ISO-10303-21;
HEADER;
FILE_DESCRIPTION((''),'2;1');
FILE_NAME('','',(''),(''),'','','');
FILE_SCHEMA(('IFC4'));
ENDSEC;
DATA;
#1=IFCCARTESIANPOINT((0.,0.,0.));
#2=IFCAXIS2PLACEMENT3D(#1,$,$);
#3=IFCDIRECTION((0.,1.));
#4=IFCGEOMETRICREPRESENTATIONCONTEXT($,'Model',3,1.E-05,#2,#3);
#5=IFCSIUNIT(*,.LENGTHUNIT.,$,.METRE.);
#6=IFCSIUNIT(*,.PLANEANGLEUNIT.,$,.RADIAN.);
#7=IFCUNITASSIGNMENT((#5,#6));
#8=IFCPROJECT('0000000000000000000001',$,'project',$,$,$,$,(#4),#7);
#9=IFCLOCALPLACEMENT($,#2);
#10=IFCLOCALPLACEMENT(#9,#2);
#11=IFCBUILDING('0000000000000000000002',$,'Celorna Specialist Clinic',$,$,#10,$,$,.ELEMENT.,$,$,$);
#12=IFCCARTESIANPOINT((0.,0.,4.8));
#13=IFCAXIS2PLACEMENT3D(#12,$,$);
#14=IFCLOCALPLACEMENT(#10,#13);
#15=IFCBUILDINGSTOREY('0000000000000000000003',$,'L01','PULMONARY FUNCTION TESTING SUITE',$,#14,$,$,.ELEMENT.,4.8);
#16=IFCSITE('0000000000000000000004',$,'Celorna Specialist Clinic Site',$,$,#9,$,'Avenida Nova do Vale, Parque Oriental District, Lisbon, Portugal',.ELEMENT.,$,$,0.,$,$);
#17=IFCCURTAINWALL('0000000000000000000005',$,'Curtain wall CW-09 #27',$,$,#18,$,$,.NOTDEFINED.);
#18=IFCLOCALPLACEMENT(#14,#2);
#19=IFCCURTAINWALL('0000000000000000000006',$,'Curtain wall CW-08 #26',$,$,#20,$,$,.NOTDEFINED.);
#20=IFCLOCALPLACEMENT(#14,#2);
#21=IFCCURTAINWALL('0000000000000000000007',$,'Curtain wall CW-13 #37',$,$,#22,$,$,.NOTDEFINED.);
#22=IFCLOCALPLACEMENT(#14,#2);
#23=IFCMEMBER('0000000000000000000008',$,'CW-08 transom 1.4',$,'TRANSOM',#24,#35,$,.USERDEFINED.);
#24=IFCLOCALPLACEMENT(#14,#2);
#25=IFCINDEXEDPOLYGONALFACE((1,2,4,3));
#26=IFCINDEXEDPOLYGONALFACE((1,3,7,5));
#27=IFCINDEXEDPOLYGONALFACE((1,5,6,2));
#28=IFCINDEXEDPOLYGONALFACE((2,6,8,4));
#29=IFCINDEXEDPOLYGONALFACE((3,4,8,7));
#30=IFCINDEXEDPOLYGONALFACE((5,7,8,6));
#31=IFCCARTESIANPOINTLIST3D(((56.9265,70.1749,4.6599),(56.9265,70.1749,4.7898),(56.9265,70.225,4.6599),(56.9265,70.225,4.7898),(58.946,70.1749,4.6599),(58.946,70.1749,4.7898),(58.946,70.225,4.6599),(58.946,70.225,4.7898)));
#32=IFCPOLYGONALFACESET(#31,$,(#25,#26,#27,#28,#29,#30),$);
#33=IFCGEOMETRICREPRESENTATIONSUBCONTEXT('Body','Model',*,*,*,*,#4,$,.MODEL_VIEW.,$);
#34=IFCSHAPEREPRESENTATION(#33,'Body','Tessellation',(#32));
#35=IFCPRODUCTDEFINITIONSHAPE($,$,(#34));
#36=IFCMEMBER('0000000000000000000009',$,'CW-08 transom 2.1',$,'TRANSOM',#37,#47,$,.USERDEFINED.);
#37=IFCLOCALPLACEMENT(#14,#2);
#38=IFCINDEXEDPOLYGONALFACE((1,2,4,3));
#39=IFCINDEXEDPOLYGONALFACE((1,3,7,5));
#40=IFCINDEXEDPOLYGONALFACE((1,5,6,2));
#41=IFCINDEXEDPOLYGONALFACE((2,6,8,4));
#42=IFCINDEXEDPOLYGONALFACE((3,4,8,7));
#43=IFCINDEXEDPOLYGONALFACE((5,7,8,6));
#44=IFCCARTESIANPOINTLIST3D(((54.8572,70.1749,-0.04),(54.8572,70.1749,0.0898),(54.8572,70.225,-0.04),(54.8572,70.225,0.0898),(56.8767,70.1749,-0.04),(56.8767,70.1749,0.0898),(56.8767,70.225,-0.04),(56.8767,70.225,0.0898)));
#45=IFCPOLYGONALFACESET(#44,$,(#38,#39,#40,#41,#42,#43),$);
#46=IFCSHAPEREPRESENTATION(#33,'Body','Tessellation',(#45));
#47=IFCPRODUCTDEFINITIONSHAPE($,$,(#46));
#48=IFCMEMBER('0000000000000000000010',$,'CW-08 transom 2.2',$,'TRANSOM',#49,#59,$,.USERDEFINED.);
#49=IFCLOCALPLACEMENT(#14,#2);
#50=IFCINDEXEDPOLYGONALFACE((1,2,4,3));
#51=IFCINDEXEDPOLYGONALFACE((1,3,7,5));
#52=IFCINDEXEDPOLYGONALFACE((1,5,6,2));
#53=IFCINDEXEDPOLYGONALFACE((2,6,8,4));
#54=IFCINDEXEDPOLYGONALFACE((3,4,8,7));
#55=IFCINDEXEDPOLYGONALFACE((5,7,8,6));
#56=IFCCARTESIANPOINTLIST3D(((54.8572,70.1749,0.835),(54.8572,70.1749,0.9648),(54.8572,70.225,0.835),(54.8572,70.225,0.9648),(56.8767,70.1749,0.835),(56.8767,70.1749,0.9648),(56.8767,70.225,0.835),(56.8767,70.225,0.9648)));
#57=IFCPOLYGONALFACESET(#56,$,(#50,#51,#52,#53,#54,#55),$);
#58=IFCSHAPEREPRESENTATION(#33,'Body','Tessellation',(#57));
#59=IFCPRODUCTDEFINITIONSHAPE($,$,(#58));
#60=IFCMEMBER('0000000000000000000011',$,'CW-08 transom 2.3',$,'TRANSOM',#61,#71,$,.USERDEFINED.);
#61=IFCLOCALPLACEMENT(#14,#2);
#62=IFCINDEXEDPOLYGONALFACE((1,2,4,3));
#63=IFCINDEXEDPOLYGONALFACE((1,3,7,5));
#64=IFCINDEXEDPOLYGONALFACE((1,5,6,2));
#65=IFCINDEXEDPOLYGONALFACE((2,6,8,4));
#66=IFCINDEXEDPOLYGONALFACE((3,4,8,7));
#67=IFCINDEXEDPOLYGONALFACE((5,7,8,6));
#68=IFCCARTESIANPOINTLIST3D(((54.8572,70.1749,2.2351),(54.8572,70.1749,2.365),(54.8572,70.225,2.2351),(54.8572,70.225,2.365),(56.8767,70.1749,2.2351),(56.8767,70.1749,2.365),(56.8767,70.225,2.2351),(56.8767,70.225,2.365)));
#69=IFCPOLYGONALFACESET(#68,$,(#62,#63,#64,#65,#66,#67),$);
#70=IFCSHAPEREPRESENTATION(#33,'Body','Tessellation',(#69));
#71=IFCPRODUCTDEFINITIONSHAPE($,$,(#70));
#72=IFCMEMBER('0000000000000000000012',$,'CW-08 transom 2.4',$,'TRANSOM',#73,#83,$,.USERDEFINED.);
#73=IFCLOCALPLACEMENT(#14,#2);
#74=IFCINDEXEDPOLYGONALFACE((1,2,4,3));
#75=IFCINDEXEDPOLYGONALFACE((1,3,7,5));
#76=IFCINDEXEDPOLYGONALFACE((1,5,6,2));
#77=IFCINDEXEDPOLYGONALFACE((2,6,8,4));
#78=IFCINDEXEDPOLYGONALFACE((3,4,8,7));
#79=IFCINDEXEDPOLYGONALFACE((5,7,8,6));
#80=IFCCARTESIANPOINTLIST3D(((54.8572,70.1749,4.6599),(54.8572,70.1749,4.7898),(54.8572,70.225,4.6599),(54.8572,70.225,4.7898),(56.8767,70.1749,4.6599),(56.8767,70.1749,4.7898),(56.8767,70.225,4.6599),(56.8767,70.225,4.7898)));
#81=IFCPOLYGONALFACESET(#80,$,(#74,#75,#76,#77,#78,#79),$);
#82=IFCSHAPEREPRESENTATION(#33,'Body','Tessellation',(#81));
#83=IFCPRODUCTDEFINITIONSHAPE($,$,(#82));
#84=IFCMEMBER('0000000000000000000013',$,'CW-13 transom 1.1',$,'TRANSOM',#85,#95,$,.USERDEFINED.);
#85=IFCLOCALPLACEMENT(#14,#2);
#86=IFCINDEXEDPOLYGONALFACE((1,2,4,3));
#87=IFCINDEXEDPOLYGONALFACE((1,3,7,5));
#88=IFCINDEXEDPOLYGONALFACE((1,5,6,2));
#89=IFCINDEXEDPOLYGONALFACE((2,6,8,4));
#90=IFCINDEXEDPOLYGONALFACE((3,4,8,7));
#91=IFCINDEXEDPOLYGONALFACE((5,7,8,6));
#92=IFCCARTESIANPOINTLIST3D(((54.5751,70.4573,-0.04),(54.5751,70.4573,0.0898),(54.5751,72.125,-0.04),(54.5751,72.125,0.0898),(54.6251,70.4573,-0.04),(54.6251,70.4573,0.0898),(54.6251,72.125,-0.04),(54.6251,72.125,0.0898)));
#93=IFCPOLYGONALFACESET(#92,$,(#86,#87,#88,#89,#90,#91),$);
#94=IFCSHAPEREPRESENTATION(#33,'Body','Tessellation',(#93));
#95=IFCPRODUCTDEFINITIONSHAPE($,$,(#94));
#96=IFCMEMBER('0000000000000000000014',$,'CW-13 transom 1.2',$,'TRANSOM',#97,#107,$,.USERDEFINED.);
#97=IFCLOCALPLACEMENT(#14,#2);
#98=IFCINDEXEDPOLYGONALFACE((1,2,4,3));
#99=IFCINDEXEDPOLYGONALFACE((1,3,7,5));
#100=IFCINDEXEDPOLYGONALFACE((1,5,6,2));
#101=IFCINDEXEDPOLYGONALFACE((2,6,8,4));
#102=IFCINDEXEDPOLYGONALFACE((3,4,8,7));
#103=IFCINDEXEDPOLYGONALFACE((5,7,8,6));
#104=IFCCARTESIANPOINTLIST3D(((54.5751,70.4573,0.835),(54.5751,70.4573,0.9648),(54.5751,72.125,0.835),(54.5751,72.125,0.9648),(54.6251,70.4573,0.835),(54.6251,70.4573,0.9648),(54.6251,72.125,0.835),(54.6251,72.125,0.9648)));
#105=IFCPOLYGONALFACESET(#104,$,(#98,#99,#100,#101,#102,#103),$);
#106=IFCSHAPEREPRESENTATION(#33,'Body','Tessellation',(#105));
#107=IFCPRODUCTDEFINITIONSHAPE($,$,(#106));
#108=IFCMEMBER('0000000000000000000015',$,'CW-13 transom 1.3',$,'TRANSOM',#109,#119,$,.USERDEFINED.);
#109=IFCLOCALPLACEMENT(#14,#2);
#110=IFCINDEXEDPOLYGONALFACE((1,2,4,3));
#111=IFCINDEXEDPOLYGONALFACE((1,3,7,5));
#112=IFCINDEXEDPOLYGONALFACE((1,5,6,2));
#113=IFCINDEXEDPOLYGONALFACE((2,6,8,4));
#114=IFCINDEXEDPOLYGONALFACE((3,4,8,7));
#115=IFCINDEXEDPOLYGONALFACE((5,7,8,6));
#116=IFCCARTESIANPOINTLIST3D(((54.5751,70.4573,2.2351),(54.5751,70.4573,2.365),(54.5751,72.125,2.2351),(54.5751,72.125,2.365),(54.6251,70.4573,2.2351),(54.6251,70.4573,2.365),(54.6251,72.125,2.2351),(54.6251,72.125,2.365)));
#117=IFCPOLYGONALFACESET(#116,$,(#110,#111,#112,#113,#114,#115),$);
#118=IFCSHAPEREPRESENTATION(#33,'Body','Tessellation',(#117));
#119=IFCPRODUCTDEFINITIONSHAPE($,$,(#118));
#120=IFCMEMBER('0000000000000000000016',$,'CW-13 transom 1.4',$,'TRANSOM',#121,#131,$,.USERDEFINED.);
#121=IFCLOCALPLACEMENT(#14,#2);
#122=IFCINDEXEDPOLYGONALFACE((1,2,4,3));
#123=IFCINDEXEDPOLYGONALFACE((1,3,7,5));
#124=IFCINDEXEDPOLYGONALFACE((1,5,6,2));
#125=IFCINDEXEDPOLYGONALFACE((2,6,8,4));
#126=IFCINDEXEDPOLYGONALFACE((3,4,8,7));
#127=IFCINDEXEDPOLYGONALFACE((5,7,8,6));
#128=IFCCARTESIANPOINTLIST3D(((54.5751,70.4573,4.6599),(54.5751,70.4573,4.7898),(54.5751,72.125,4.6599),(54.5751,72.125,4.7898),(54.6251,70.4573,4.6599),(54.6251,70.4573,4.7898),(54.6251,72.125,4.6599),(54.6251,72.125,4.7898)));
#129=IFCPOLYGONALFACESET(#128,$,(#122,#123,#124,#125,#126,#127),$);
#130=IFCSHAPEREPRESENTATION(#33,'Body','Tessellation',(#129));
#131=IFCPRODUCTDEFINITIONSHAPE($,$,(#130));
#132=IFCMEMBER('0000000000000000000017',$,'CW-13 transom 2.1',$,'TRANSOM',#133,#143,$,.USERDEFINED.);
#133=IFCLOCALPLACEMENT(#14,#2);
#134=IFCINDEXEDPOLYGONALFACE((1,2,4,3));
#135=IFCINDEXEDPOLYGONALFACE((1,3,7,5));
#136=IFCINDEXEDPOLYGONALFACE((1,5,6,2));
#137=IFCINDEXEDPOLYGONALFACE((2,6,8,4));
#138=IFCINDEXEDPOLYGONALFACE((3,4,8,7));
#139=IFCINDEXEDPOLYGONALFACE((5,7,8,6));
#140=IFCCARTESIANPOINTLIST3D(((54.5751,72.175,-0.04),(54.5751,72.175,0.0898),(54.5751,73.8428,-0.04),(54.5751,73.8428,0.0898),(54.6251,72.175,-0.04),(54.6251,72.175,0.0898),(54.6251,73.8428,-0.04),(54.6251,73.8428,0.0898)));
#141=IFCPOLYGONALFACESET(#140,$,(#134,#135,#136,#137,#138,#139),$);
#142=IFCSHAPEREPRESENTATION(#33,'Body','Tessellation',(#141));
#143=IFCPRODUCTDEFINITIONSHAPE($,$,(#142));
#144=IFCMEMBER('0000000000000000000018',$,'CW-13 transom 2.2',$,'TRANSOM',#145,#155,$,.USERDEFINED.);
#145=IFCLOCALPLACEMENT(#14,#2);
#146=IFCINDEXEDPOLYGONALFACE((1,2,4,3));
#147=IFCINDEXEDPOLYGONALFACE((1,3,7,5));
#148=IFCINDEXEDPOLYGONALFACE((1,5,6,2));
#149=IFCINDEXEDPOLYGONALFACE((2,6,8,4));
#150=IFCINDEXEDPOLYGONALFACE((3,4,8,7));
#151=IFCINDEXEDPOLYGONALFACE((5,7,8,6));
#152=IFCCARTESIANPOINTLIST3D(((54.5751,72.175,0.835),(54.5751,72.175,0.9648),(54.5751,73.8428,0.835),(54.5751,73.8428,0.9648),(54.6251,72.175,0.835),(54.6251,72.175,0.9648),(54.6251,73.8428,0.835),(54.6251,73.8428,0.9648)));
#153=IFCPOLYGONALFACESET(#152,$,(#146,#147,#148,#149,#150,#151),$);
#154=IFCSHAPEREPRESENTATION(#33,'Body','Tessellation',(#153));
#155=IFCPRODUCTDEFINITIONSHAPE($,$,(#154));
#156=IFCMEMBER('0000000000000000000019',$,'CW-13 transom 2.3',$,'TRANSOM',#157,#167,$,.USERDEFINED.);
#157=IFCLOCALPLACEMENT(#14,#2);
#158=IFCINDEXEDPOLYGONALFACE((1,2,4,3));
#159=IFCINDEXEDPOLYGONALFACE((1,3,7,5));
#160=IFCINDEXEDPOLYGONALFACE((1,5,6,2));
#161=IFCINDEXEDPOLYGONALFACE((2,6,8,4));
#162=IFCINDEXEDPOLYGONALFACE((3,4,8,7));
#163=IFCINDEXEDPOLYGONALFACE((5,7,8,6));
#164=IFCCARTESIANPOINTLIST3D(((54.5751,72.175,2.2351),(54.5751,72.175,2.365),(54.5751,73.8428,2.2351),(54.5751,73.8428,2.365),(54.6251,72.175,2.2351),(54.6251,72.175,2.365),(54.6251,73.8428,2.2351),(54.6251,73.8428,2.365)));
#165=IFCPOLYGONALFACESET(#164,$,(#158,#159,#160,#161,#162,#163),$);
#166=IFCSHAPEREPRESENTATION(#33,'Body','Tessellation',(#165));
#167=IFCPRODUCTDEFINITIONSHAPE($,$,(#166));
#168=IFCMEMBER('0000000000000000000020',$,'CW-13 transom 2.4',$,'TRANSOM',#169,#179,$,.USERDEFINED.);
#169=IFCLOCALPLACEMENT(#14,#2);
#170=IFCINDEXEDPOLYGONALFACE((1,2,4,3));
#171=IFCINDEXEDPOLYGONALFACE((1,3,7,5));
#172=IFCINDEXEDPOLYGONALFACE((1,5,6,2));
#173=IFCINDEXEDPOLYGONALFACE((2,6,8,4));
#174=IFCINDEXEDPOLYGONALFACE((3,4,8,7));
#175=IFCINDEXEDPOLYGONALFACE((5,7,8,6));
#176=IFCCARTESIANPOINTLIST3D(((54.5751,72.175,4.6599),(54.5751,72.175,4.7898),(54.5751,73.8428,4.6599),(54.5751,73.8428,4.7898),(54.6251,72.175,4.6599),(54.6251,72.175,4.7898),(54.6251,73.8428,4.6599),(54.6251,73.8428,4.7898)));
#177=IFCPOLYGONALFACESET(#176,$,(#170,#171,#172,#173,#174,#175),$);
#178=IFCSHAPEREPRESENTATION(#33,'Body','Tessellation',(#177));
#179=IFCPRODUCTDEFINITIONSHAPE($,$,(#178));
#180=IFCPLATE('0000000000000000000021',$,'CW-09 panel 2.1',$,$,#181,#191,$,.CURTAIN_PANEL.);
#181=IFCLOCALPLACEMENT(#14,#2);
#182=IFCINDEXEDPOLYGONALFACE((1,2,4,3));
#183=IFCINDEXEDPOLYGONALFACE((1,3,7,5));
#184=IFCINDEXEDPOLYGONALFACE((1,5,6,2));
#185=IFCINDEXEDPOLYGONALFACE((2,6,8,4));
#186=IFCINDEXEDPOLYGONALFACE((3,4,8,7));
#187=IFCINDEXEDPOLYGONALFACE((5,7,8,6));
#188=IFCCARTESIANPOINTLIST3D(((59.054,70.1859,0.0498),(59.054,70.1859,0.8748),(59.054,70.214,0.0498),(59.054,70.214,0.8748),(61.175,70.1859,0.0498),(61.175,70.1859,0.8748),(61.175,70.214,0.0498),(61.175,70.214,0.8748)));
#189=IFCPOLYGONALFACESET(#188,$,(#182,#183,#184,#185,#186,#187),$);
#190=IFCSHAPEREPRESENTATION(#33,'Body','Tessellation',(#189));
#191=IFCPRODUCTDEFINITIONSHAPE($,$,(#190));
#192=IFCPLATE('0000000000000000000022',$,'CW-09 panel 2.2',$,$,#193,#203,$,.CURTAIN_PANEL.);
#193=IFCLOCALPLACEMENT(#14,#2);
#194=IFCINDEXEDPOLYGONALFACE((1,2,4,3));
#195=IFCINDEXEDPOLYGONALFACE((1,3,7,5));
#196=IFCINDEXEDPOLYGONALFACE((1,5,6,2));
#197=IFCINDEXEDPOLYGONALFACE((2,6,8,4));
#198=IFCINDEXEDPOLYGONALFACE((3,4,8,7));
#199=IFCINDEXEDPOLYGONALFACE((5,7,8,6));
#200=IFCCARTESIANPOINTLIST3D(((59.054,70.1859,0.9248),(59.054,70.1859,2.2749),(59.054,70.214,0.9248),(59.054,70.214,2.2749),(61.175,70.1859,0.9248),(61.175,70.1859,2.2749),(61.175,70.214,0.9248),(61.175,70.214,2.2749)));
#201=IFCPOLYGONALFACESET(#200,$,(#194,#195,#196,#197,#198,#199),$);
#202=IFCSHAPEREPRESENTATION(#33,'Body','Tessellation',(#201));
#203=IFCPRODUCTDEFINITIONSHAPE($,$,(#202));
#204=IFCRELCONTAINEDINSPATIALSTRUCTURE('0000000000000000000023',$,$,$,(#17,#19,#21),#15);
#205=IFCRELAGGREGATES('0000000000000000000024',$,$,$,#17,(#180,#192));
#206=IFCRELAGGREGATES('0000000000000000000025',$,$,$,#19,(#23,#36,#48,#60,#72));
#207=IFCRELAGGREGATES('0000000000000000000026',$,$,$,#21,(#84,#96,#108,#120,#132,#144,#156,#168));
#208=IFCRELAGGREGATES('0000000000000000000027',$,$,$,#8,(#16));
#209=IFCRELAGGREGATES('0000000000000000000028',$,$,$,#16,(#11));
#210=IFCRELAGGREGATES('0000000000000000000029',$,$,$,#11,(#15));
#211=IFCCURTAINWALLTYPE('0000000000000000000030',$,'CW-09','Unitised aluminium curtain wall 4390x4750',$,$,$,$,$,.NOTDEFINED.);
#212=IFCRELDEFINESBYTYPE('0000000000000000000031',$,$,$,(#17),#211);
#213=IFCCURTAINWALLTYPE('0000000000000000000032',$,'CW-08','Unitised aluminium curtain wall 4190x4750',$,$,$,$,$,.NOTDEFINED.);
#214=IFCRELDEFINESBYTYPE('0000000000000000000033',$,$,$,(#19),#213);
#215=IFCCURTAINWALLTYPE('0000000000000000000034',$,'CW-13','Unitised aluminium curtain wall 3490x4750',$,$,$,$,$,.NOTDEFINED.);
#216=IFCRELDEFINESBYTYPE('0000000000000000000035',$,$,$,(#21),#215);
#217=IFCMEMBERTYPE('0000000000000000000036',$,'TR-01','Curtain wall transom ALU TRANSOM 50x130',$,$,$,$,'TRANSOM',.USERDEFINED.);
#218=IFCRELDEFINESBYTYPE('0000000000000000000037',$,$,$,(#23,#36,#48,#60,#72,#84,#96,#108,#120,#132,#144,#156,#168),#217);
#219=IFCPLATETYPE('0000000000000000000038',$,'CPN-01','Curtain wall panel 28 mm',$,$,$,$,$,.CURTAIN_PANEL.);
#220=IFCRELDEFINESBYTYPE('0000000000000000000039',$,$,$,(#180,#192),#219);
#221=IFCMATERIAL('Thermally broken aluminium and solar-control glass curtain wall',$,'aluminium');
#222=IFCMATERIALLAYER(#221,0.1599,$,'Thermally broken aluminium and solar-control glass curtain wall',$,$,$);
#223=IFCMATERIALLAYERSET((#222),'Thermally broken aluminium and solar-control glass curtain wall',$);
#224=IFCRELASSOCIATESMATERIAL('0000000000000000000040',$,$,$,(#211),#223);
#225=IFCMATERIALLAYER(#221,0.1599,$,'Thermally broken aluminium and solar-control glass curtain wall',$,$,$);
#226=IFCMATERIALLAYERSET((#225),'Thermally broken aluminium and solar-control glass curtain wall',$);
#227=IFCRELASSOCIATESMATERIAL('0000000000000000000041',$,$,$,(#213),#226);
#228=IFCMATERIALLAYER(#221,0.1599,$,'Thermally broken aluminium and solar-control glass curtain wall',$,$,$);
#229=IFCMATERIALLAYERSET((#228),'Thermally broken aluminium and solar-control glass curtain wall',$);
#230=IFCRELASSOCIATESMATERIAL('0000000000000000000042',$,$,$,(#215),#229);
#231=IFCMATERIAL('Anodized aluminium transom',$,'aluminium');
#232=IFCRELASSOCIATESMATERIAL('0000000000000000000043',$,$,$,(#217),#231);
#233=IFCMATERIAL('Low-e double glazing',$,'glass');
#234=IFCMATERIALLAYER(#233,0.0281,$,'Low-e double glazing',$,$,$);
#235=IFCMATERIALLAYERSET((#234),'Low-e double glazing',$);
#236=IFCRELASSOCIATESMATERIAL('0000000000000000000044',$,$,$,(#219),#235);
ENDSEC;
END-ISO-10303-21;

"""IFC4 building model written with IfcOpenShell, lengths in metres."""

from ifc_helpers import new_model, si_unit, direction, frame, origin, origin_2d, place, context, subcontext, project, spatial, rectangle, extrude, material, layer, layer_set, material_profile, profile_set, type_object, element, aggregate, save


model = new_model("IFC4")

# Units and contexts
model_context = context("Model", 3, precision=1e-05, world=origin(), true_north=direction((0.0, 1.0)))
body_context = subcontext(model_context, "Body", "Model", "MODEL_VIEW")
ifc_project = project(units=[si_unit("LENGTHUNIT", "METRE"), si_unit("PLANEANGLEUNIT", "RADIAN")], contexts=[model_context])

# Site, building, storey
site_placement = place(None, origin())
site = spatial("IfcSite", under=ifc_project, at=site_placement, Name="Celorna Specialist Clinic Site", LongName="Avenida Nova do Vale, Parque Oriental District, Lisbon, Portugal", CompositionType="ELEMENT", RefElevation=0.0)
building_placement = place(site_placement, origin())
building = spatial("IfcBuilding", under=site, at=building_placement, Name="Celorna Specialist Clinic", CompositionType="ELEMENT")
storey_placement = place(building_placement, frame((0.0, 0.0, 4.8)))
storey = spatial("IfcBuildingStorey", under=building, at=storey_placement, Name="L01", Description="PULMONARY FUNCTION TESTING SUITE", CompositionType="ELEMENT", Elevation=4.8)

# Curtain wall
ifc_material_1 = material(Name="Thermally broken aluminium and solar-control glass curtain wall", Category="aluminium")
ifc_layer_1 = layer(ifc_material_1, 0.1599, Name="Thermally broken aluminium and solar-control glass curtain wall")
ifc_layer_set_1 = layer_set([ifc_layer_1], Name="Thermally broken aluminium and solar-control glass curtain wall")
curtain_wall_type_1 = type_object("IfcCurtainWallType", Name="CW-09", Description="Unitised aluminium curtain wall 4390x4750", PredefinedType="NOTDEFINED", material=ifc_layer_set_1)
curtain_wall_1_placement = place(storey_placement, origin())
curtain_wall_1 = element("IfcCurtainWall", 1, at=curtain_wall_1_placement, inside=storey, type_object=curtain_wall_type_1, Name="Curtain wall CW-09 #27", PredefinedType="NOTDEFINED")

# Curtain walls
ifc_layer_2 = layer(ifc_material_1, 0.1599, Name="Thermally broken aluminium and solar-control glass curtain wall")
ifc_layer_set_2 = layer_set([ifc_layer_2], Name="Thermally broken aluminium and solar-control glass curtain wall")
curtain_wall_type_2 = type_object("IfcCurtainWallType", Name="CW-08", Description="Unitised aluminium curtain wall 4190x4750", PredefinedType="NOTDEFINED", material=ifc_layer_set_2)
curtain_wall_2_placement = place(storey_placement, origin())
curtain_wall_2 = element("IfcCurtainWall", 2, at=curtain_wall_2_placement, inside=storey, type_object=curtain_wall_type_2, Name="Curtain wall CW-08 #26", PredefinedType="NOTDEFINED")
ifc_layer_3 = layer(ifc_material_1, 0.1599, Name="Thermally broken aluminium and solar-control glass curtain wall")
ifc_layer_set_3 = layer_set([ifc_layer_3], Name="Thermally broken aluminium and solar-control glass curtain wall")
curtain_wall_type_3 = type_object("IfcCurtainWallType", Name="CW-13", Description="Unitised aluminium curtain wall 3490x4750", PredefinedType="NOTDEFINED", material=ifc_layer_set_3)
curtain_wall_3_placement = place(storey_placement, origin())
curtain_wall_3 = element("IfcCurtainWall", 3, at=curtain_wall_3_placement, inside=storey, type_object=curtain_wall_type_3, Name="Curtain wall CW-13 #37", PredefinedType="NOTDEFINED")

# Members
ifc_material_2 = material(Name="Anodized aluminium transom", Category="aluminium")
ifc_material_profile_1 = material_profile(ifc_material_2, rectangle(XDim=0.05, YDim=0.1299, at=origin_2d()), Name="ALU TRANSOM 50x130")
ifc_profile_set_1 = profile_set([ifc_material_profile_1], Name="Anodized aluminium transom")
member_type_1 = type_object("IfcMemberType", Name="TR-01", Description="Curtain wall transom ALU TRANSOM 50x130", ElementType="TRANSOM", PredefinedType="USERDEFINED", material=ifc_profile_set_1)
member_1_placement = place(storey_placement, frame((58.946, 70.2, 4.7249), z_axis=(-1.0, 0.0, 0.0), x_axis=(0.0, -1.0, 0.0)))
member_1 = element("IfcMember", 4, at=member_1_placement, type_object=member_type_1, Name="CW-08 transom 1.4", ObjectType="TRANSOM", PredefinedType="USERDEFINED", context=body_context, shape_type="SweptSolid", body=[
    extrude(rectangle(XDim=0.05, YDim=0.1299, at=origin_2d()), origin(), (0.0, 0.0, 1.0), 2.0195),
])
member_2_placement = place(storey_placement, frame((56.8767, 70.2, 0.0249), z_axis=(-1.0, 0.0, 0.0), x_axis=(0.0, -1.0, 0.0)))
member_2 = element("IfcMember", 5, at=member_2_placement, type_object=member_type_1, Name="CW-08 transom 2.1", ObjectType="TRANSOM", PredefinedType="USERDEFINED", context=body_context, shape_type="SweptSolid", body=[
    extrude(rectangle(XDim=0.05, YDim=0.1299, at=origin_2d()), origin(), (0.0, 0.0, 1.0), 2.0195),
])
member_3_placement = place(storey_placement, frame((56.8767, 70.2, 0.8999), z_axis=(-1.0, 0.0, 0.0), x_axis=(0.0, -1.0, 0.0)))
member_3 = element("IfcMember", 6, at=member_3_placement, type_object=member_type_1, Name="CW-08 transom 2.2", ObjectType="TRANSOM", PredefinedType="USERDEFINED", context=body_context, shape_type="SweptSolid", body=[
    extrude(rectangle(XDim=0.05, YDim=0.1299, at=origin_2d()), origin(), (0.0, 0.0, 1.0), 2.0195),
])
member_4_placement = place(storey_placement, frame((56.8767, 70.2, 2.3), z_axis=(-1.0, 0.0, 0.0), x_axis=(0.0, -1.0, 0.0)))
member_4 = element("IfcMember", 7, at=member_4_placement, type_object=member_type_1, Name="CW-08 transom 2.3", ObjectType="TRANSOM", PredefinedType="USERDEFINED", context=body_context, shape_type="SweptSolid", body=[
    extrude(rectangle(XDim=0.05, YDim=0.1299, at=origin_2d()), origin(), (0.0, 0.0, 1.0), 2.0195),
])
member_5_placement = place(storey_placement, frame((56.8767, 70.2, 4.7249), z_axis=(-1.0, 0.0, 0.0), x_axis=(0.0, -1.0, 0.0)))
member_5 = element("IfcMember", 8, at=member_5_placement, type_object=member_type_1, Name="CW-08 transom 2.4", ObjectType="TRANSOM", PredefinedType="USERDEFINED", context=body_context, shape_type="SweptSolid", body=[
    extrude(rectangle(XDim=0.05, YDim=0.1299, at=origin_2d()), origin(), (0.0, 0.0, 1.0), 2.0195),
])
member_6_placement = place(storey_placement, frame((54.6001, 70.4573, 0.0249), z_axis=(0.0, 1.0, 0.0), x_axis=(-1.0, 0.0, 0.0)))
member_6 = element("IfcMember", 9, at=member_6_placement, type_object=member_type_1, Name="CW-13 transom 1.1", ObjectType="TRANSOM", PredefinedType="USERDEFINED", context=body_context, shape_type="SweptSolid", body=[
    extrude(rectangle(XDim=0.05, YDim=0.1299, at=origin_2d()), origin(), (0.0, 0.0, 1.0), 1.6677),
])
member_7_placement = place(storey_placement, frame((54.6001, 70.4573, 0.8999), z_axis=(0.0, 1.0, 0.0), x_axis=(-1.0, 0.0, 0.0)))
member_7 = element("IfcMember", 10, at=member_7_placement, type_object=member_type_1, Name="CW-13 transom 1.2", ObjectType="TRANSOM", PredefinedType="USERDEFINED", context=body_context, shape_type="SweptSolid", body=[
    extrude(rectangle(XDim=0.05, YDim=0.1299, at=origin_2d()), origin(), (0.0, 0.0, 1.0), 1.6677),
])
member_8_placement = place(storey_placement, frame((54.6001, 70.4573, 2.3), z_axis=(0.0, 1.0, 0.0), x_axis=(-1.0, 0.0, 0.0)))
member_8 = element("IfcMember", 11, at=member_8_placement, type_object=member_type_1, Name="CW-13 transom 1.3", ObjectType="TRANSOM", PredefinedType="USERDEFINED", context=body_context, shape_type="SweptSolid", body=[
    extrude(rectangle(XDim=0.05, YDim=0.1299, at=origin_2d()), origin(), (0.0, 0.0, 1.0), 1.6677),
])
member_9_placement = place(storey_placement, frame((54.6001, 70.4573, 4.7249), z_axis=(0.0, 1.0, 0.0), x_axis=(-1.0, 0.0, 0.0)))
member_9 = element("IfcMember", 12, at=member_9_placement, type_object=member_type_1, Name="CW-13 transom 1.4", ObjectType="TRANSOM", PredefinedType="USERDEFINED", context=body_context, shape_type="SweptSolid", body=[
    extrude(rectangle(XDim=0.05, YDim=0.1299, at=origin_2d()), origin(), (0.0, 0.0, 1.0), 1.6677),
])
member_10_placement = place(storey_placement, frame((54.6001, 72.175, 0.0249), z_axis=(0.0, 1.0, 0.0), x_axis=(-1.0, 0.0, 0.0)))
member_10 = element("IfcMember", 13, at=member_10_placement, type_object=member_type_1, Name="CW-13 transom 2.1", ObjectType="TRANSOM", PredefinedType="USERDEFINED", context=body_context, shape_type="SweptSolid", body=[
    extrude(rectangle(XDim=0.05, YDim=0.1299, at=origin_2d()), origin(), (0.0, 0.0, 1.0), 1.6677),
])
member_11_placement = place(storey_placement, frame((54.6001, 72.175, 0.8999), z_axis=(0.0, 1.0, 0.0), x_axis=(-1.0, 0.0, 0.0)))
member_11 = element("IfcMember", 14, at=member_11_placement, type_object=member_type_1, Name="CW-13 transom 2.2", ObjectType="TRANSOM", PredefinedType="USERDEFINED", context=body_context, shape_type="SweptSolid", body=[
    extrude(rectangle(XDim=0.05, YDim=0.1299, at=origin_2d()), origin(), (0.0, 0.0, 1.0), 1.6677),
])
member_12_placement = place(storey_placement, frame((54.6001, 72.175, 2.3), z_axis=(0.0, 1.0, 0.0), x_axis=(-1.0, 0.0, 0.0)))
member_12 = element("IfcMember", 15, at=member_12_placement, type_object=member_type_1, Name="CW-13 transom 2.3", ObjectType="TRANSOM", PredefinedType="USERDEFINED", context=body_context, shape_type="SweptSolid", body=[
    extrude(rectangle(XDim=0.05, YDim=0.1299, at=origin_2d()), origin(), (0.0, 0.0, 1.0), 1.6677),
])
member_13_placement = place(storey_placement, frame((54.6001, 72.175, 4.7249), z_axis=(0.0, 1.0, 0.0), x_axis=(-1.0, 0.0, 0.0)))
member_13 = element("IfcMember", 16, at=member_13_placement, type_object=member_type_1, Name="CW-13 transom 2.4", ObjectType="TRANSOM", PredefinedType="USERDEFINED", context=body_context, shape_type="SweptSolid", body=[
    extrude(rectangle(XDim=0.05, YDim=0.1299, at=origin_2d()), origin(), (0.0, 0.0, 1.0), 1.6677),
])

# Plates
ifc_material_3 = material(Name="Low-e double glazing", Category="glass")
ifc_layer_4 = layer(ifc_material_3, 0.0281, Name="Low-e double glazing")
ifc_layer_set_4 = layer_set([ifc_layer_4], Name="Low-e double glazing")
plate_type_1 = type_object("IfcPlateType", Name="CPN-01", Description="Curtain wall panel 28 mm", PredefinedType="CURTAIN_PANEL", material=ifc_layer_set_4)
plate_1_placement = place(storey_placement, frame((60.1145, 70.2, 0.0498), z_axis=(0.0, 0.0, 1.0), x_axis=(-1.0, 0.0, 0.0)))
plate_1 = element("IfcPlate", 17, at=plate_1_placement, type_object=plate_type_1, Name="CW-09 panel 2.1", PredefinedType="CURTAIN_PANEL", context=body_context, shape_type="SweptSolid", body=[
    extrude(rectangle(XDim=2.1211, YDim=0.0281, at=origin_2d()), origin(), (0.0, 0.0, 1.0), 0.825),
])
plate_2_placement = place(storey_placement, frame((60.1145, 70.2, 0.9248), z_axis=(0.0, 0.0, 1.0), x_axis=(-1.0, 0.0, 0.0)))
plate_2 = element("IfcPlate", 18, at=plate_2_placement, type_object=plate_type_1, Name="CW-09 panel 2.2", PredefinedType="CURTAIN_PANEL", context=body_context, shape_type="SweptSolid", body=[
    extrude(rectangle(XDim=2.1211, YDim=0.0281, at=origin_2d()), origin(), (0.0, 0.0, 1.0), 1.3501),
])
aggregate(curtain_wall_1, [plate_1, plate_2])
aggregate(curtain_wall_2, [member_1, member_2, member_3, member_4, member_5])
aggregate(curtain_wall_3, [member_6, member_7, member_8, member_9, member_10, member_11, member_12, member_13])

save(model, "model.ifc")
